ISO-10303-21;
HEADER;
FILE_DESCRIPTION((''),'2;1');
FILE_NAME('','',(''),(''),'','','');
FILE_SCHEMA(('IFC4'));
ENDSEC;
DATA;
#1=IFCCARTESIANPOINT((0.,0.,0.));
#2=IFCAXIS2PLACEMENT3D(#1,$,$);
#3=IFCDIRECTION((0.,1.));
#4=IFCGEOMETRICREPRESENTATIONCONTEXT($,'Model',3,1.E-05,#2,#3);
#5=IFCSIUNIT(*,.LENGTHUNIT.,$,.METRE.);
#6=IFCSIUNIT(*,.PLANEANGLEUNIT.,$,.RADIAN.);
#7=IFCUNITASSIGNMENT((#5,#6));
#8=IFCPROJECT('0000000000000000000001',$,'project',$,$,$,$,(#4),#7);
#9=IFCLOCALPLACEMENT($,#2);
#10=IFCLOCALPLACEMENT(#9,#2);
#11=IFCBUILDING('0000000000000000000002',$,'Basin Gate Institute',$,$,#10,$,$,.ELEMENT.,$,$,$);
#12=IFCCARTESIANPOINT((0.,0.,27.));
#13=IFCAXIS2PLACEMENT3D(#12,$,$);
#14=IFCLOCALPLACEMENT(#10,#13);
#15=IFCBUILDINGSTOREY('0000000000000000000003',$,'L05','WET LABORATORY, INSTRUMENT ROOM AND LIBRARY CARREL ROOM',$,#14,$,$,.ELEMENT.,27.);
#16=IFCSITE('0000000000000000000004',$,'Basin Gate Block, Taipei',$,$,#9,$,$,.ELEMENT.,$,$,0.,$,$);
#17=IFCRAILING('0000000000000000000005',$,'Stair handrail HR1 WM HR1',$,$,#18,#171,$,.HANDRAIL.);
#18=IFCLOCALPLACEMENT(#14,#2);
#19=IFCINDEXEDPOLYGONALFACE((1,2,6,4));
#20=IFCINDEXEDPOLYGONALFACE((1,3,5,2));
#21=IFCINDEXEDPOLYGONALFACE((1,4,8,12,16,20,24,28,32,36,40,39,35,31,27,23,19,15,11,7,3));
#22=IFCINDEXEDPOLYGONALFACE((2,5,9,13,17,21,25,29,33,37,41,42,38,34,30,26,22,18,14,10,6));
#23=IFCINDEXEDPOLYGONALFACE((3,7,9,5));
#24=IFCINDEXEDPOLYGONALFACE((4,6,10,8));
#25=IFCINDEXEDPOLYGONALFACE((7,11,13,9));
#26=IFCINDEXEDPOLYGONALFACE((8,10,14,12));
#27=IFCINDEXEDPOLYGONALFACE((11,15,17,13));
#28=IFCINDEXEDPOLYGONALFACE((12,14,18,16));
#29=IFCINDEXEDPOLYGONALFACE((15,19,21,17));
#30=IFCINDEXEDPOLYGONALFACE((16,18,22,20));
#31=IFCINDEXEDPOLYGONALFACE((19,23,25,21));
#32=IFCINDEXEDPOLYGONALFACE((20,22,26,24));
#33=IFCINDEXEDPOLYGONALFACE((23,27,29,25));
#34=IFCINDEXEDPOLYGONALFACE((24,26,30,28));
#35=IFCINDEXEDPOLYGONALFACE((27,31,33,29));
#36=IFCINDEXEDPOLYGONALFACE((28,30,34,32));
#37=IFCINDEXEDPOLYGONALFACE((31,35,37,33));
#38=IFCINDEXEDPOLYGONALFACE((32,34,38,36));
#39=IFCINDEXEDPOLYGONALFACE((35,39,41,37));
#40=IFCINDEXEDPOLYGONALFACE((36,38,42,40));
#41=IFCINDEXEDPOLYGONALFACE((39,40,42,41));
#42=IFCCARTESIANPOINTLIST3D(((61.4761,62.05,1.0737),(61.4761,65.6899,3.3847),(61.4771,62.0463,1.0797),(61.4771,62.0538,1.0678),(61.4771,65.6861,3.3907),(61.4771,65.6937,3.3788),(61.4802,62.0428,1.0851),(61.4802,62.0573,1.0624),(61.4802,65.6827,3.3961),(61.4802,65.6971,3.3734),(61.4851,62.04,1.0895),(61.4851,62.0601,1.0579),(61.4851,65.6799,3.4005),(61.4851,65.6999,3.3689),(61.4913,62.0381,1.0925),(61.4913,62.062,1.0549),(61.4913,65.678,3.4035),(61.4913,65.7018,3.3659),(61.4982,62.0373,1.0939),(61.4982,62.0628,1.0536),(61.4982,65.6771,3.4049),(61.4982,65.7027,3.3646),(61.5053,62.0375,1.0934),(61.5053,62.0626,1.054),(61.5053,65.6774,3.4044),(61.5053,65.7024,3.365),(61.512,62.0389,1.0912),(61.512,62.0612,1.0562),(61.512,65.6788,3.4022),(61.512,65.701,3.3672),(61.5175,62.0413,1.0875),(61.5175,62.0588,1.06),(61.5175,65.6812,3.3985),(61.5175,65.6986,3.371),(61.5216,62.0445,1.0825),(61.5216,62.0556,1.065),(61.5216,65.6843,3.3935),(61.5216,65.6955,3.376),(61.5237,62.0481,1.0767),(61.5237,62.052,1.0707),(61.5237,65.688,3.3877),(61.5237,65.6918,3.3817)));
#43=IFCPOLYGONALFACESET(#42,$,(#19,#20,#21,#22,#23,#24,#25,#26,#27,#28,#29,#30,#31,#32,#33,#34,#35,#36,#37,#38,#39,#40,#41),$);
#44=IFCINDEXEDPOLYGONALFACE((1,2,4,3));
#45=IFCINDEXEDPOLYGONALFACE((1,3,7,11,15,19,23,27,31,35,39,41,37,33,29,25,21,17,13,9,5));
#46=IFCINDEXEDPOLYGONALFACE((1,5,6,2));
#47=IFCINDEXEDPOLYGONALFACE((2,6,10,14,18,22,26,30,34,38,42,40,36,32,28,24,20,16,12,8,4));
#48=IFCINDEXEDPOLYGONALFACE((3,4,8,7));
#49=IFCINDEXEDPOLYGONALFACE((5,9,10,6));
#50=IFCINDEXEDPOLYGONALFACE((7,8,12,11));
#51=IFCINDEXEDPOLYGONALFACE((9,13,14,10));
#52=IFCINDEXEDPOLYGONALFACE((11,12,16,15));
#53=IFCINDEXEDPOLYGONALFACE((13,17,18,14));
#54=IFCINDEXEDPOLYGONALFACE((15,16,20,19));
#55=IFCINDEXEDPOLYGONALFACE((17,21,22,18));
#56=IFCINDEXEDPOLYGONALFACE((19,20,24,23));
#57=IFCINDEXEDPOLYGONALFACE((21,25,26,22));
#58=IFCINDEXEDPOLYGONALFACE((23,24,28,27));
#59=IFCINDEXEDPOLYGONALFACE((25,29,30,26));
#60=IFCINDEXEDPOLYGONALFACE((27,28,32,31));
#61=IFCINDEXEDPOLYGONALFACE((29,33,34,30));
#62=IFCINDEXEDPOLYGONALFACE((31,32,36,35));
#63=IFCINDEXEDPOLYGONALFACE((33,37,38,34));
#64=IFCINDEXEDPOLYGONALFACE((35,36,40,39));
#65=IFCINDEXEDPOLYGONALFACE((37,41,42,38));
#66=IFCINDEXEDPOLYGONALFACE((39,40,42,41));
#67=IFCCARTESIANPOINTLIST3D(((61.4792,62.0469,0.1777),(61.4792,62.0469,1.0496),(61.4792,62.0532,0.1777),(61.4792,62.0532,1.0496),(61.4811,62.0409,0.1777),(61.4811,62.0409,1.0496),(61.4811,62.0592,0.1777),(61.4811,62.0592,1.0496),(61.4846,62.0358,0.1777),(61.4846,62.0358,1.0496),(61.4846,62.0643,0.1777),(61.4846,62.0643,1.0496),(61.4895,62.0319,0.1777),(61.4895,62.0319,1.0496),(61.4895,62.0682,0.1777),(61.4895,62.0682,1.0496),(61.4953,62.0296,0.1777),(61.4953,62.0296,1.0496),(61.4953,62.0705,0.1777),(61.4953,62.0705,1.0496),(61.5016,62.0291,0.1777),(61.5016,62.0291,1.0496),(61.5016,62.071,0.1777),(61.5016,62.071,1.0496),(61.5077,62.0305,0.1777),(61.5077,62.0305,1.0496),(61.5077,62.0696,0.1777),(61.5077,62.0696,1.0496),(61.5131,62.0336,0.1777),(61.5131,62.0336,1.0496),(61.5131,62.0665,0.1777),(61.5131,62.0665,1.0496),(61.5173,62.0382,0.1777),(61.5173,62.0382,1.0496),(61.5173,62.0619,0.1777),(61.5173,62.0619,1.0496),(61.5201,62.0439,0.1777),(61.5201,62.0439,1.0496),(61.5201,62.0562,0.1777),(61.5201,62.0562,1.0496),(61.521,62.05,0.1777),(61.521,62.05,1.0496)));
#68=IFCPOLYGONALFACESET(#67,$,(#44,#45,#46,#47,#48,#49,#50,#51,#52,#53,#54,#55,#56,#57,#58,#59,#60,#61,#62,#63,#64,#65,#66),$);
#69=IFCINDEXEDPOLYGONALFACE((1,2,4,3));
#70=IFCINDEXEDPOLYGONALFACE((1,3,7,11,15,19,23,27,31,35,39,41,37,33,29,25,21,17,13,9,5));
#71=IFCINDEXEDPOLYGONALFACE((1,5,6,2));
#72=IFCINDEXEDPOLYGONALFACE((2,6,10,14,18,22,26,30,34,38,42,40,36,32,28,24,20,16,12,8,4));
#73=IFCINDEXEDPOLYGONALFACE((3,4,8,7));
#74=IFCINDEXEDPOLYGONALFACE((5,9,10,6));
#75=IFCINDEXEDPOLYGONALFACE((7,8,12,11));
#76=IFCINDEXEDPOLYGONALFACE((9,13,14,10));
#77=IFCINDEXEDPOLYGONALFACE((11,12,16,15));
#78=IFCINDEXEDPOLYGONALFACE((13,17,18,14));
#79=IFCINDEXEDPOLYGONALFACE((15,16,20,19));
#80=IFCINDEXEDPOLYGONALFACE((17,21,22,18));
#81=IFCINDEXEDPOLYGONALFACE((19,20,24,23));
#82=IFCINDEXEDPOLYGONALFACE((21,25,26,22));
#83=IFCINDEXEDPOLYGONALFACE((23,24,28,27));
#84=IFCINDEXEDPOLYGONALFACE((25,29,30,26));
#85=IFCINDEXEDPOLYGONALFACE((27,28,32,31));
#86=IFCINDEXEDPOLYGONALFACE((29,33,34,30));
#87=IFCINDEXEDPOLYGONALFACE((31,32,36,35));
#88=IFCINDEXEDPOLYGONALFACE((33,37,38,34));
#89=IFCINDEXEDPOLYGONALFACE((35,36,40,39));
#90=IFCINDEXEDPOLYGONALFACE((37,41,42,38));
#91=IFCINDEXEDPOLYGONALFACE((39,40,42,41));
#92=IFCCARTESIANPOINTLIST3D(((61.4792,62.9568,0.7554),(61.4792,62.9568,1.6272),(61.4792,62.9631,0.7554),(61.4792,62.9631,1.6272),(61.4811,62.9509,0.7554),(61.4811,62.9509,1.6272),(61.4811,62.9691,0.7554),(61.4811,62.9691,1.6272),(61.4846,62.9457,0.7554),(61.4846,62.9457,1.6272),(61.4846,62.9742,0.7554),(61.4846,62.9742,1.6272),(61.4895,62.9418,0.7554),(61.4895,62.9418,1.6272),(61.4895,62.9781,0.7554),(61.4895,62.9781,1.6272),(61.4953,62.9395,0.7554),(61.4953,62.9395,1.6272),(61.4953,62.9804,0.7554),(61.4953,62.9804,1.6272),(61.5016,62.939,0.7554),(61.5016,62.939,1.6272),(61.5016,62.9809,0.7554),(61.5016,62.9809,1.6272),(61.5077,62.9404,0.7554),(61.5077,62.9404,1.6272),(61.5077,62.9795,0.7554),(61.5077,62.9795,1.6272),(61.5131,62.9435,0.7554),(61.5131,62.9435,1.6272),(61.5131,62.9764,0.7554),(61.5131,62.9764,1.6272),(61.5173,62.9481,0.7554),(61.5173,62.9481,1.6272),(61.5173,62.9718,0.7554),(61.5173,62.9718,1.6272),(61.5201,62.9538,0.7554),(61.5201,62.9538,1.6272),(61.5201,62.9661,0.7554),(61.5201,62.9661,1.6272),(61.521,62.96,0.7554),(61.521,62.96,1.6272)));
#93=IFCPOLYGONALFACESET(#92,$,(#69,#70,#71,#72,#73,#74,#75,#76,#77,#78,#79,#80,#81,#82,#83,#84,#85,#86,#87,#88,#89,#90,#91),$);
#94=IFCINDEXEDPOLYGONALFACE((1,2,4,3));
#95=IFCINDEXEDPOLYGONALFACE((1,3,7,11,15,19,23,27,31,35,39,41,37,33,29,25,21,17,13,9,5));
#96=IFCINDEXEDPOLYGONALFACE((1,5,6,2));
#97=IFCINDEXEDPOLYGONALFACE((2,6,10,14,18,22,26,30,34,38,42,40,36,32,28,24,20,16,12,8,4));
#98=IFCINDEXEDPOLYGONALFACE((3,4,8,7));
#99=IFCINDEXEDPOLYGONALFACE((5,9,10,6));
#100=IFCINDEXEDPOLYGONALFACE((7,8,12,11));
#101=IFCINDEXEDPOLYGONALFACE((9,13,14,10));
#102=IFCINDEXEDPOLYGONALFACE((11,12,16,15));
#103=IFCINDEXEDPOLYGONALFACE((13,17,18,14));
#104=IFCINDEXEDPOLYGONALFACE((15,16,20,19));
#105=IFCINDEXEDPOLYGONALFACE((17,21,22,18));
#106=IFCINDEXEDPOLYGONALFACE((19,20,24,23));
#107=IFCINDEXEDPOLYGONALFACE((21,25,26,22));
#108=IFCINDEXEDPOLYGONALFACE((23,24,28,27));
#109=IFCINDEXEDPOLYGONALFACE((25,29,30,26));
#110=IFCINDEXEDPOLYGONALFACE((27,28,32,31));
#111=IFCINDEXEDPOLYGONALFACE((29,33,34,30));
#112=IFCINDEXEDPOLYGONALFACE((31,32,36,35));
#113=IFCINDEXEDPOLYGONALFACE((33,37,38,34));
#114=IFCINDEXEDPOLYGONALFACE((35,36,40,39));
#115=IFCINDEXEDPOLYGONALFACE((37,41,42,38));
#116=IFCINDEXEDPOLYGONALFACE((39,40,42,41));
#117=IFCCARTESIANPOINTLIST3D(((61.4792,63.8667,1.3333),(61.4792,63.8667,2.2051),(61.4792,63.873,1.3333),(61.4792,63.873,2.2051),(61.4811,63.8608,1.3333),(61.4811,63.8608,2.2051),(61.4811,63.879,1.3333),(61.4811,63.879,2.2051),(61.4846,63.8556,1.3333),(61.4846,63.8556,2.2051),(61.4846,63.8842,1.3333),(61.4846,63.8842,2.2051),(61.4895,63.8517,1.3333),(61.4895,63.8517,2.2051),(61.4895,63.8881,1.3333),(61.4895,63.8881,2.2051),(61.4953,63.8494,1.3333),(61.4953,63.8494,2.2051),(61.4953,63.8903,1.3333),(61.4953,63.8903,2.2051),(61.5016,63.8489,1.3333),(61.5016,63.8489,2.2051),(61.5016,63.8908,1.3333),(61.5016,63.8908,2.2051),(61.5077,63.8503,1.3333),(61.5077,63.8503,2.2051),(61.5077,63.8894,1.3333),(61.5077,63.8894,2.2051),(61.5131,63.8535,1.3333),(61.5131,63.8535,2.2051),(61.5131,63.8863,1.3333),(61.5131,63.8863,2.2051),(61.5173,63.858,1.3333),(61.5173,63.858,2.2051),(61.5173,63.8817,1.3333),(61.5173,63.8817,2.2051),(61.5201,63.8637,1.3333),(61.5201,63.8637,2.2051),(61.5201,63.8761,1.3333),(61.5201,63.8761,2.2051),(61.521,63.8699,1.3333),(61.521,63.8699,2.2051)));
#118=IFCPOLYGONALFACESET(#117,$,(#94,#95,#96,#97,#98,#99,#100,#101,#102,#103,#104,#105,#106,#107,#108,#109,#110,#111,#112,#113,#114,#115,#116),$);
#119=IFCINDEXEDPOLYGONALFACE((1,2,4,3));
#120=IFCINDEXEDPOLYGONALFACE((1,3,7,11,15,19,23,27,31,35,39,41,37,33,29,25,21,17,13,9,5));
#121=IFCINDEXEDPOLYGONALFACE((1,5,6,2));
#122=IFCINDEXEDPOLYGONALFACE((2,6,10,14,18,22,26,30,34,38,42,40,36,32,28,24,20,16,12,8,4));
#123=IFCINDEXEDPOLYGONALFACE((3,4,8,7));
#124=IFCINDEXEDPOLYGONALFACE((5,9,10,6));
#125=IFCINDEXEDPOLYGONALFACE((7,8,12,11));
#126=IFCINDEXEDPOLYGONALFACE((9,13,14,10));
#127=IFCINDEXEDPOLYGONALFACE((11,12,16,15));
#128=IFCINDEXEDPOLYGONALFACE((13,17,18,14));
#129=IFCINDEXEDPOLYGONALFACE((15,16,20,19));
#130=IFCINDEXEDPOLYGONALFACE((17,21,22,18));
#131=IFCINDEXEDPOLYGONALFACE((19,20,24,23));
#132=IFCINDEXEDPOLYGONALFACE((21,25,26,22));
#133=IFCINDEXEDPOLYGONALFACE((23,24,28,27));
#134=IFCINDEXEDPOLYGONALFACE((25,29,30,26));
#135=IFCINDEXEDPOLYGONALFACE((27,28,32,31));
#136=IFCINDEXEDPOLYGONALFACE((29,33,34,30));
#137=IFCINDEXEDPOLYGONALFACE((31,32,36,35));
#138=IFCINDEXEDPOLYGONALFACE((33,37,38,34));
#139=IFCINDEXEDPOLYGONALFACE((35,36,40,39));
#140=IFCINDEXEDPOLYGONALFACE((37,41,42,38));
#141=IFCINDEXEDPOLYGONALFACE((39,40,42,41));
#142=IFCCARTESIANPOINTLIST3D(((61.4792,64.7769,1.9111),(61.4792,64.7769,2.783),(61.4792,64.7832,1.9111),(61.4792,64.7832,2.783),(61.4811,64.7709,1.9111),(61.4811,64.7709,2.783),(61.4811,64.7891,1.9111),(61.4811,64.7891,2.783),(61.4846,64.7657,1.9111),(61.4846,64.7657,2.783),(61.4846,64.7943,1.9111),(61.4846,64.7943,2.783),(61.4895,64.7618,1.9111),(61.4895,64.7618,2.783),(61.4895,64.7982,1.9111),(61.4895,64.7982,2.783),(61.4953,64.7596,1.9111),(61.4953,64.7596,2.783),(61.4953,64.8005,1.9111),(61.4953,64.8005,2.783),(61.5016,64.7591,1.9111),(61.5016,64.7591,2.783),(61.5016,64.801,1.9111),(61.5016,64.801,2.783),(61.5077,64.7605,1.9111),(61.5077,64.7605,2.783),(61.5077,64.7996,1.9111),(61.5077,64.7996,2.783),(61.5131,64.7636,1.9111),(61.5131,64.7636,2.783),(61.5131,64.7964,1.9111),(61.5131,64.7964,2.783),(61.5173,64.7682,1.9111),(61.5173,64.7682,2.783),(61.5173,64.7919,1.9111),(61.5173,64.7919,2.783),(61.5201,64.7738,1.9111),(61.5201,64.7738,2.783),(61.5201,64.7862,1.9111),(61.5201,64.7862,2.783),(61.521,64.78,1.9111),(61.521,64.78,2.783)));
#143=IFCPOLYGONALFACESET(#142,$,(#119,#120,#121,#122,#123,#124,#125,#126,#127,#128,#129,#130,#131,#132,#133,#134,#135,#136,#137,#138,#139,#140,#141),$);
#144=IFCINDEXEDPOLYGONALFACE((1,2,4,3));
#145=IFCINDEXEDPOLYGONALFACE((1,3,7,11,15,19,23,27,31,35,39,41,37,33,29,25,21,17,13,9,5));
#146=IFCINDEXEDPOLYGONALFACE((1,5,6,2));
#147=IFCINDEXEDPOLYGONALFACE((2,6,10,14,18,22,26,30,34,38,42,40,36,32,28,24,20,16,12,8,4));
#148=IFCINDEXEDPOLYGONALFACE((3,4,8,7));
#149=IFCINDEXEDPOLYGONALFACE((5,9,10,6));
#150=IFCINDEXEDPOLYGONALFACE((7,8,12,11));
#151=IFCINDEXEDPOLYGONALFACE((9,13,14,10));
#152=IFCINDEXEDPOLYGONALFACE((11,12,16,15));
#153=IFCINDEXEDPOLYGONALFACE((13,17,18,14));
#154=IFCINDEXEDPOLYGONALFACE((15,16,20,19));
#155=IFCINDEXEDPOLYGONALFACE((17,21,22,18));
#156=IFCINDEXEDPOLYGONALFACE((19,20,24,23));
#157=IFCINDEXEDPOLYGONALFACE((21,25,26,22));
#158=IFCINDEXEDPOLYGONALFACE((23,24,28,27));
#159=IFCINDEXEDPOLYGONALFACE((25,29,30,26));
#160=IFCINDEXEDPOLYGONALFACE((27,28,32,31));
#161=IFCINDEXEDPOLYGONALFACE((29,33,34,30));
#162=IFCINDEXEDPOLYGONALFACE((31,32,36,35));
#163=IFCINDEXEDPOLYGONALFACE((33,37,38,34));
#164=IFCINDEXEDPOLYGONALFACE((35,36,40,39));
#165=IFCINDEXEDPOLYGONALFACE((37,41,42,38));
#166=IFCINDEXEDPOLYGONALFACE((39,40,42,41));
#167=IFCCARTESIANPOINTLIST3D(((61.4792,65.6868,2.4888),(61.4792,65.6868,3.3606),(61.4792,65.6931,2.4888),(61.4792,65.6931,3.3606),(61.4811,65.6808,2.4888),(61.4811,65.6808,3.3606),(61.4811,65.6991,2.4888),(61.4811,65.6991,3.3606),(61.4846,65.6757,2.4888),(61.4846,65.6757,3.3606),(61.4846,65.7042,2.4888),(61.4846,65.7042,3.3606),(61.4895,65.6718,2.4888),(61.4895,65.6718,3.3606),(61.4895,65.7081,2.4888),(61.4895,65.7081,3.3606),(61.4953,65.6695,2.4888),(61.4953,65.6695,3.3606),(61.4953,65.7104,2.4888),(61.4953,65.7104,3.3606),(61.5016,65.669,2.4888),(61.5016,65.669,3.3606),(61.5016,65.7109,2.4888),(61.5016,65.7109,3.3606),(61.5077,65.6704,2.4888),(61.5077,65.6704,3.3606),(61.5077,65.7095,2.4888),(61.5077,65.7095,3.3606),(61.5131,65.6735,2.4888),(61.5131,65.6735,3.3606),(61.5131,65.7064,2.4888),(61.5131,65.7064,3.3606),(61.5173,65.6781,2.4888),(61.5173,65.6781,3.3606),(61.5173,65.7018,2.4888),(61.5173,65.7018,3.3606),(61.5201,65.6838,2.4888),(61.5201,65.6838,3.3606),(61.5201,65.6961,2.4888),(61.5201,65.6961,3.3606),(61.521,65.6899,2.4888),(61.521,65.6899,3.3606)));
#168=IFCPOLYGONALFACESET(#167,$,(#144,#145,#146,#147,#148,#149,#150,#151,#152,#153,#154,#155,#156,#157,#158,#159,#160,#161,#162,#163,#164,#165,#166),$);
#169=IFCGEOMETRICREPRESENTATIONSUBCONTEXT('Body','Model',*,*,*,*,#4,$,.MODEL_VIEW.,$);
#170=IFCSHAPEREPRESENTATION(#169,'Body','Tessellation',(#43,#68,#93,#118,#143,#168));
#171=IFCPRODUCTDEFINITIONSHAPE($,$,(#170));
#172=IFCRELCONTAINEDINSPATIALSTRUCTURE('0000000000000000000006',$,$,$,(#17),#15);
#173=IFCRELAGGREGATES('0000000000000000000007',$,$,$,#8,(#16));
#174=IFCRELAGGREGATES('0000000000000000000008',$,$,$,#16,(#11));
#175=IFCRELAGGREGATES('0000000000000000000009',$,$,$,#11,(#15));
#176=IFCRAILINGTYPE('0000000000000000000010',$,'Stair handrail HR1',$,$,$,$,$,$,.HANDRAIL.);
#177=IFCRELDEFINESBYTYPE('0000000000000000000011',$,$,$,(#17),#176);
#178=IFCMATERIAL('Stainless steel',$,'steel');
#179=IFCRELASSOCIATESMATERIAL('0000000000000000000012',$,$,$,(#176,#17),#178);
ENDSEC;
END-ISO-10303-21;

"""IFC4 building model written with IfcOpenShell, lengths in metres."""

from ifc_helpers import new_model, si_unit, direction, frame, origin, origin_2d, place, context, subcontext, project, spatial, circle, extrude, material, type_object, element, save


model = new_model("IFC4")

# Units and contexts
model_context = context("Model", 3, precision=1e-05, world=origin(), true_north=direction((0.0, 1.0)))
body_context = subcontext(model_context, "Body", "Model", "MODEL_VIEW")
ifc_project = project(units=[si_unit("LENGTHUNIT", "METRE"), si_unit("PLANEANGLEUNIT", "RADIAN")], contexts=[model_context])

# Site, building, storey
site_placement = place(None, origin())
site = spatial("IfcSite", under=ifc_project, at=site_placement, Name="Basin Gate Block, Taipei", CompositionType="ELEMENT", RefElevation=0.0)
building_placement = place(site_placement, origin())
building = spatial("IfcBuilding", under=site, at=building_placement, Name="Basin Gate Institute", CompositionType="ELEMENT")
storey_placement = place(building_placement, frame((0.0, 0.0, 27.0)))
storey = spatial("IfcBuildingStorey", under=building, at=storey_placement, Name="L05", Description="WET LABORATORY, INSTRUMENT ROOM AND LIBRARY CARREL ROOM", CompositionType="ELEMENT", Elevation=27.0)

# Railing
ifc_material_1 = material(Name="Stainless steel", Category="steel")
railing_type_1 = type_object("IfcRailingType", Name="Stair handrail HR1", PredefinedType="HANDRAIL", material=ifc_material_1)
for number, where, name in (
    (1, (61.5, 62.05, 0.1777), "Stair handrail HR1 WM HR1"),
):
    element("IfcRailing", number, at=place(storey_placement, frame(where)), inside=storey, type_object=railing_type_1, material=ifc_material_1, Name=name, PredefinedType="HANDRAIL", context=body_context, shape_type="SweptSolid", body=[
        extrude(circle(Radius=0.0239, at=origin_2d()), frame((0.0, 0.0, 0.896), z_axis=(0.0, 0.844214, 0.536007), x_axis=(-1.0, 0.0, 0.0)), (0.0, 0.0, 1.0), 4.3115),
        extrude(circle(Radius=0.021, at=origin_2d()), origin(), (0.0, 0.0, 1.0), 0.8718),
        extrude(circle(Radius=0.021, at=origin_2d()), frame((0.0, 0.9099, 0.5776)), (0.0, 0.0, 1.0), 0.8718),
        extrude(circle(Radius=0.021, at=origin_2d()), frame((0.0, 1.8198, 1.1555)), (0.0, 0.0, 1.0), 0.8718),
        extrude(circle(Radius=0.021, at=origin_2d()), frame((0.0, 2.73, 1.7334)), (0.0, 0.0, 1.0), 0.8718),
        extrude(circle(Radius=0.021, at=origin_2d()), frame((0.0, 3.6399, 2.311)), (0.0, 0.0, 1.0), 0.8718),
    ])

save(model, "model.ifc")
